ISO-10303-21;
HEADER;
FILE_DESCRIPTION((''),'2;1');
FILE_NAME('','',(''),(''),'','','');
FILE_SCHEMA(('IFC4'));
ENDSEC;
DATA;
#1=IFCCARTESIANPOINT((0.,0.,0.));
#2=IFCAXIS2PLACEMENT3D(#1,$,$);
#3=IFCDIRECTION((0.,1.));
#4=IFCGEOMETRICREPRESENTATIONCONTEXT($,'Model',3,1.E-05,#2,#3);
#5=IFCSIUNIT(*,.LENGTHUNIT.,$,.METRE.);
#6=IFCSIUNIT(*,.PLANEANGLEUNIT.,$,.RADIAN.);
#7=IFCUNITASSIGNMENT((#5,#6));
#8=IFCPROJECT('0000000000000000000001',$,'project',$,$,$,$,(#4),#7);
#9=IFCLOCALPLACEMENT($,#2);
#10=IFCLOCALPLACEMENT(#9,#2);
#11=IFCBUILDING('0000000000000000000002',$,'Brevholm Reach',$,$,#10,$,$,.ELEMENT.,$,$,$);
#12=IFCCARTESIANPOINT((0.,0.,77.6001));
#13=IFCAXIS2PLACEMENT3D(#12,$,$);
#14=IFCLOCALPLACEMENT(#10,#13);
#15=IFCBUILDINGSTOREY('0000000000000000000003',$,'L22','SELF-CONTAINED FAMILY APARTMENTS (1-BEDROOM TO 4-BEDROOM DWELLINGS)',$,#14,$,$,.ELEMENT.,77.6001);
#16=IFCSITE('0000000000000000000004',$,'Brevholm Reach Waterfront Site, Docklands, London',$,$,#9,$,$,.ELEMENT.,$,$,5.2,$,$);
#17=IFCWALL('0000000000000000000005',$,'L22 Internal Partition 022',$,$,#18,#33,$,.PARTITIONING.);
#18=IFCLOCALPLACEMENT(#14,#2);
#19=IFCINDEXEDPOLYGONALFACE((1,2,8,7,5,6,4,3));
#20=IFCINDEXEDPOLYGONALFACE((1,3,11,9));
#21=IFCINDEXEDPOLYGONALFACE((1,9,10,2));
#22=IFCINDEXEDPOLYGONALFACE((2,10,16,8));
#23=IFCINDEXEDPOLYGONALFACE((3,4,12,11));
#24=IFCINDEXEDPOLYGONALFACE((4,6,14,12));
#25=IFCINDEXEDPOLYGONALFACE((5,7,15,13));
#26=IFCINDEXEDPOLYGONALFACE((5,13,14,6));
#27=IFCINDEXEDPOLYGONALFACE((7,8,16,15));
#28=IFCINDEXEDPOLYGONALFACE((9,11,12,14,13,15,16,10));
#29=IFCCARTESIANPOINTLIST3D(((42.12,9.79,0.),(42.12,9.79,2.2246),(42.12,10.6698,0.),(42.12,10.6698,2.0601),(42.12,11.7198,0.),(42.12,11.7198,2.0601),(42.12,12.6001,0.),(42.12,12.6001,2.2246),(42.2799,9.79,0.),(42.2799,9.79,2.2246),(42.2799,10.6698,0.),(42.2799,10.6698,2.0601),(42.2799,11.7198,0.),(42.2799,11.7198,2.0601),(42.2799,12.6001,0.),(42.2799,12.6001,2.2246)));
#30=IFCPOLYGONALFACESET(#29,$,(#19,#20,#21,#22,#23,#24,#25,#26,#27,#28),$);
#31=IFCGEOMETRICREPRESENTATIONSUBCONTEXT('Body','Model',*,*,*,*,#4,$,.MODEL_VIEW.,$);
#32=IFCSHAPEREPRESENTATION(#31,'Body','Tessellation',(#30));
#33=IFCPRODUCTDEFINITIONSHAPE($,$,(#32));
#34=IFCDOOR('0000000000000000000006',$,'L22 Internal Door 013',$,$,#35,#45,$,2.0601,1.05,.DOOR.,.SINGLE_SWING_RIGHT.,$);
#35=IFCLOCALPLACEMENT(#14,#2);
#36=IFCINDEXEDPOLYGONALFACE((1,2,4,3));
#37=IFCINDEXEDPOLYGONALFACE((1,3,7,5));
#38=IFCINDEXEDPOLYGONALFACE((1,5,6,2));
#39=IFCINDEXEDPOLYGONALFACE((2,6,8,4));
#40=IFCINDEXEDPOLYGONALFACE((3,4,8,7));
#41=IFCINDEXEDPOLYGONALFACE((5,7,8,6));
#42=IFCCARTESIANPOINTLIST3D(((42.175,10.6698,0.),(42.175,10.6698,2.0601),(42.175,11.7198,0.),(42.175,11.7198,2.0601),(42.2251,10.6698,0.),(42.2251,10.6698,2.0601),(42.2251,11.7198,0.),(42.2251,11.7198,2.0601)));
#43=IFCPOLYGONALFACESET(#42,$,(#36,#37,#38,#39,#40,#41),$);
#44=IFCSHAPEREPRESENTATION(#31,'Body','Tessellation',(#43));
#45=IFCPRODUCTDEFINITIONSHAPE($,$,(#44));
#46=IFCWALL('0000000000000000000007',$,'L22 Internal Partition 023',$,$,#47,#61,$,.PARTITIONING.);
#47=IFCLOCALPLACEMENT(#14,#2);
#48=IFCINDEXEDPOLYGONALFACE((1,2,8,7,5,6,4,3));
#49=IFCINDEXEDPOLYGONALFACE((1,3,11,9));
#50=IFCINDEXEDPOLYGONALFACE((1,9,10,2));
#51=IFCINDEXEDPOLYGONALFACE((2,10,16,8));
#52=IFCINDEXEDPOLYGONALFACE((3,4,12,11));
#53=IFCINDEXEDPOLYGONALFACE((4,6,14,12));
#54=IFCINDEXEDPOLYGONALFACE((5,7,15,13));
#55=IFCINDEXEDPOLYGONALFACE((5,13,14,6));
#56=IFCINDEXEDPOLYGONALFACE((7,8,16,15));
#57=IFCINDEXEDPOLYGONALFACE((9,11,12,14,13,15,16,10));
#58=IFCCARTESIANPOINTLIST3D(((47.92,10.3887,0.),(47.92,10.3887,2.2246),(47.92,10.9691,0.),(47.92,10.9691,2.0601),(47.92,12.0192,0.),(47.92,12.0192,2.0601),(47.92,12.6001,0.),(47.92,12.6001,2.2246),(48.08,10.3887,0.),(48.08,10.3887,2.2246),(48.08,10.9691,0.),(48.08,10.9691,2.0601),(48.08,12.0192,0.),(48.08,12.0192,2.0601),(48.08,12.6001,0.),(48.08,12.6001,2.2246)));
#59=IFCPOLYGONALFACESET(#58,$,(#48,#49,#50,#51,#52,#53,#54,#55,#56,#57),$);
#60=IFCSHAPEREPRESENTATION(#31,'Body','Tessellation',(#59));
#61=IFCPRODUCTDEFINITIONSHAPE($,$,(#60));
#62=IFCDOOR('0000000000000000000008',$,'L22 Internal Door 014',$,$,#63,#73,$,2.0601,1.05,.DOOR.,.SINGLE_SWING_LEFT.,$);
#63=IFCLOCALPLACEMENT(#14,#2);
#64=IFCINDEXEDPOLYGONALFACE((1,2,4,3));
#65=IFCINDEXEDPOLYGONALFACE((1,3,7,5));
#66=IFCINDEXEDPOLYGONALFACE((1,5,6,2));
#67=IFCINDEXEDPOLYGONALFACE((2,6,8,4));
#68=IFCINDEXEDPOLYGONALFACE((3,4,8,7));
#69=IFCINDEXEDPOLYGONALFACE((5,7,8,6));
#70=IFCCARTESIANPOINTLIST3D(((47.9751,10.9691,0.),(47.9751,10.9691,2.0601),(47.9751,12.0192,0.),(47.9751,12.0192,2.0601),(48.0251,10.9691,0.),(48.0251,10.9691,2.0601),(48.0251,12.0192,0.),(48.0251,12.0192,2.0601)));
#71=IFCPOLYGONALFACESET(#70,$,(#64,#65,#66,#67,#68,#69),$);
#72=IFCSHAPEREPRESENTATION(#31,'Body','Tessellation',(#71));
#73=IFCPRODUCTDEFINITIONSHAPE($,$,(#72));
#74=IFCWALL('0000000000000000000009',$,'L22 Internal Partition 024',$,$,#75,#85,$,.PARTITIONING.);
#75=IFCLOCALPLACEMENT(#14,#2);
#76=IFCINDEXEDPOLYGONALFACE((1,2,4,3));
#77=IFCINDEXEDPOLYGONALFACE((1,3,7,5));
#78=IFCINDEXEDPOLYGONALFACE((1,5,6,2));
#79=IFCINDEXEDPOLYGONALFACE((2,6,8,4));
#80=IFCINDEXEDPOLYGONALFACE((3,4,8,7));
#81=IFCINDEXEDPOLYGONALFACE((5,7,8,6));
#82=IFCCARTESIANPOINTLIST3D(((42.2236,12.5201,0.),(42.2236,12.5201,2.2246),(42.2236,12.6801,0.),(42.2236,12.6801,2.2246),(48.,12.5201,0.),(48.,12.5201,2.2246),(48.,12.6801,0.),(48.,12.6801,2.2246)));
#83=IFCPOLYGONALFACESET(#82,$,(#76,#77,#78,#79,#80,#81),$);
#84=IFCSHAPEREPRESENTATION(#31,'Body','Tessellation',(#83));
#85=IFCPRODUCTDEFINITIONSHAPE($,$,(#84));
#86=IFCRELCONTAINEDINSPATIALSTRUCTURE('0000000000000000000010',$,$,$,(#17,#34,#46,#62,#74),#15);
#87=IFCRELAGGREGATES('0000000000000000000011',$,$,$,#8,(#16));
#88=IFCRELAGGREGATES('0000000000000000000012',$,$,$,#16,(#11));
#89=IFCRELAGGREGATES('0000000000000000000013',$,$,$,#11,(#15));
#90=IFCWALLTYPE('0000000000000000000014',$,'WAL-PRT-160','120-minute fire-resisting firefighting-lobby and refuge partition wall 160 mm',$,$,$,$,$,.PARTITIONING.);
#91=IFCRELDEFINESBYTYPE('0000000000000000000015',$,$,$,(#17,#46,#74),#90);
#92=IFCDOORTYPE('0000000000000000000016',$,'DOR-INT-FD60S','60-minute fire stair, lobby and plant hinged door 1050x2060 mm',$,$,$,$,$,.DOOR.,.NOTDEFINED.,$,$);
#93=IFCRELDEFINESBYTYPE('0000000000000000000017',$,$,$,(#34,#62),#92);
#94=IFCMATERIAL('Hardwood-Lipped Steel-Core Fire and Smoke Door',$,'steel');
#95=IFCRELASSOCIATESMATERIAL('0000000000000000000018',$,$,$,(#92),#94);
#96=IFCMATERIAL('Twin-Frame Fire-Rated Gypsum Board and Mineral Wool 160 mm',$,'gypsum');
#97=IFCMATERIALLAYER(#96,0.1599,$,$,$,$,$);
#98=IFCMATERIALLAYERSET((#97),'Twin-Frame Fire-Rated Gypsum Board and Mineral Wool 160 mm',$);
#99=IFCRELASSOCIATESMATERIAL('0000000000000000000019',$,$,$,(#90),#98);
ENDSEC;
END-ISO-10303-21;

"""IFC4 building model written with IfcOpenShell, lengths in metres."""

from ifc_helpers import new_model, si_unit, direction, frame, frame_2d, origin, place, context, subcontext, project, spatial, rectangle, extrude, material, layer, layer_set, type_object, element, fill, save


model = new_model("IFC4")

# Units and contexts
model_context = context("Model", 3, precision=1e-05, world=origin(), true_north=direction((0.0, 1.0)))
body_context = subcontext(model_context, "Body", "Model", "MODEL_VIEW")
ifc_project = project(units=[si_unit("LENGTHUNIT", "METRE"), si_unit("PLANEANGLEUNIT", "RADIAN")], contexts=[model_context])

# Site, building, storey
site_placement = place(None, origin())
site = spatial("IfcSite", under=ifc_project, at=site_placement, Name="Brevholm Reach Waterfront Site, Docklands, London", CompositionType="ELEMENT", RefElevation=5.2)
building_placement = place(site_placement, origin())
building = spatial("IfcBuilding", under=site, at=building_placement, Name="Brevholm Reach", CompositionType="ELEMENT")
storey_placement = place(building_placement, frame((0.0, 0.0, 77.6001)))
storey = spatial("IfcBuildingStorey", under=building, at=storey_placement, Name="L22", Description="SELF-CONTAINED FAMILY APARTMENTS (1-BEDROOM TO 4-BEDROOM DWELLINGS)", CompositionType="ELEMENT", Elevation=77.6001)

# Shared definitions
ifc_material_1 = material(Name="Hardwood-Lipped Steel-Core Fire and Smoke Door", Category="steel")
door_type_1 = type_object("IfcDoorType", Name="DOR-INT-FD60S", Description="60-minute fire stair, lobby and plant hinged door 1050x2060 mm", OperationType="NOTDEFINED", PredefinedType="DOOR", material=ifc_material_1)

# Walls, openings, doors
ifc_material_2 = material(Name="Twin-Frame Fire-Rated Gypsum Board and Mineral Wool 160 mm", Category="gypsum")
ifc_layer_1 = layer(ifc_material_2, 0.1599)
ifc_layer_set_1 = layer_set([ifc_layer_1], Name="Twin-Frame Fire-Rated Gypsum Board and Mineral Wool 160 mm")
wall_type_1 = type_object("IfcWallType", Name="WAL-PRT-160", Description="120-minute fire-resisting firefighting-lobby and refuge partition wall 160 mm", PredefinedType="PARTITIONING", material=ifc_layer_set_1)
wall_1_placement = place(storey_placement, frame((42.2, 9.79, 0.0), z_axis=(0.0, 0.0, 1.0), x_axis=(0.0, 1.0, 0.0)))
wall_1 = element("IfcWall", 1, at=wall_1_placement, inside=storey, type_object=wall_type_1, Name="L22 Internal Partition 022", PredefinedType="PARTITIONING", context=body_context, shape_type="SweptSolid", body=[
    extrude(rectangle(XDim=2.8101, YDim=0.1599, at=frame_2d((1.405, 0.0))), origin(), (0.0, 0.0, 1.0), 2.2246),
])
opening_1_placement = place(wall_1_placement, frame((0.8799, 0.0, 0.0)))
opening_1 = element("IfcOpeningElement", 2, at=opening_1_placement, cuts=wall_1, PredefinedType="OPENING", context=body_context, shape_type="SweptSolid", body=[
    extrude(rectangle(XDim=1.05, YDim=2.0601, at=frame_2d((0.5249, 1.03))), frame((0.0, 0.0898, 0.0), z_axis=(0.0, -1.0, 0.0), x_axis=(1.0, 0.0, 0.0)), (0.0, 0.0, 1.0), 0.1799),
])
door_1_placement = place(opening_1_placement, origin())
door_1 = element("IfcDoor", 3, at=door_1_placement, inside=storey, type_object=door_type_1, Name="L22 Internal Door 013", OperationType="SINGLE_SWING_RIGHT", OverallHeight=2.0601, OverallWidth=1.05, PredefinedType="DOOR", context=body_context, shape_type="SweptSolid", body=[
    extrude(rectangle(XDim=1.05, YDim=2.0601, at=frame_2d((0.5249, 1.03))), frame((0.0, 0.0249, 0.0), z_axis=(0.0, -1.0, 0.0), x_axis=(1.0, 0.0, 0.0)), (0.0, 0.0, 1.0), 0.05),
])
fill(opening_1, door_1)
wall_2_placement = place(storey_placement, frame((48.0, 10.3887, 0.0), z_axis=(0.0, 0.0, 1.0), x_axis=(0.0, 1.0, 0.0)))
wall_2 = element("IfcWall", 4, at=wall_2_placement, inside=storey, type_object=wall_type_1, Name="L22 Internal Partition 023", PredefinedType="PARTITIONING", context=body_context, shape_type="SweptSolid", body=[
    extrude(rectangle(XDim=2.2114, YDim=0.1599, at=frame_2d((1.1057, 0.0))), origin(), (0.0, 0.0, 1.0), 2.2246),
])
opening_2_placement = place(wall_2_placement, frame((0.5806, 0.0, 0.0)))
opening_2 = element("IfcOpeningElement", 5, at=opening_2_placement, cuts=wall_2, PredefinedType="OPENING", context=body_context, shape_type="SweptSolid", body=[
    extrude(rectangle(XDim=1.05, YDim=2.0601, at=frame_2d((0.5249, 1.03))), frame((0.0, 0.0898, 0.0), z_axis=(0.0, -1.0, 0.0), x_axis=(1.0, 0.0, 0.0)), (0.0, 0.0, 1.0), 0.1799),
])
door_2_placement = place(opening_2_placement, origin())
door_2 = element("IfcDoor", 6, at=door_2_placement, inside=storey, type_object=door_type_1, Name="L22 Internal Door 014", OperationType="SINGLE_SWING_LEFT", OverallHeight=2.0601, OverallWidth=1.05, PredefinedType="DOOR", context=body_context, shape_type="SweptSolid", body=[
    extrude(rectangle(XDim=1.05, YDim=2.0601, at=frame_2d((0.5249, 1.03))), frame((0.0, 0.0249, 0.0), z_axis=(0.0, -1.0, 0.0), x_axis=(1.0, 0.0, 0.0)), (0.0, 0.0, 1.0), 0.05),
])
fill(opening_2, door_2)

# Wall
wall_3_placement = place(storey_placement, frame((42.2236, 12.6001, 0.0), z_axis=(0.0, 0.0, 1.0), x_axis=(1.0, 0.0, 0.0)))
element("IfcWall", 7, at=wall_3_placement, inside=storey, type_object=wall_type_1, Name="L22 Internal Partition 024", PredefinedType="PARTITIONING", context=body_context, shape_type="SweptSolid", body=[
    extrude(rectangle(XDim=5.7764, YDim=0.1599, at=frame_2d((2.8882, 0.0))), origin(), (0.0, 0.0, 1.0), 2.2246),
])

save(model, "model.ifc")
